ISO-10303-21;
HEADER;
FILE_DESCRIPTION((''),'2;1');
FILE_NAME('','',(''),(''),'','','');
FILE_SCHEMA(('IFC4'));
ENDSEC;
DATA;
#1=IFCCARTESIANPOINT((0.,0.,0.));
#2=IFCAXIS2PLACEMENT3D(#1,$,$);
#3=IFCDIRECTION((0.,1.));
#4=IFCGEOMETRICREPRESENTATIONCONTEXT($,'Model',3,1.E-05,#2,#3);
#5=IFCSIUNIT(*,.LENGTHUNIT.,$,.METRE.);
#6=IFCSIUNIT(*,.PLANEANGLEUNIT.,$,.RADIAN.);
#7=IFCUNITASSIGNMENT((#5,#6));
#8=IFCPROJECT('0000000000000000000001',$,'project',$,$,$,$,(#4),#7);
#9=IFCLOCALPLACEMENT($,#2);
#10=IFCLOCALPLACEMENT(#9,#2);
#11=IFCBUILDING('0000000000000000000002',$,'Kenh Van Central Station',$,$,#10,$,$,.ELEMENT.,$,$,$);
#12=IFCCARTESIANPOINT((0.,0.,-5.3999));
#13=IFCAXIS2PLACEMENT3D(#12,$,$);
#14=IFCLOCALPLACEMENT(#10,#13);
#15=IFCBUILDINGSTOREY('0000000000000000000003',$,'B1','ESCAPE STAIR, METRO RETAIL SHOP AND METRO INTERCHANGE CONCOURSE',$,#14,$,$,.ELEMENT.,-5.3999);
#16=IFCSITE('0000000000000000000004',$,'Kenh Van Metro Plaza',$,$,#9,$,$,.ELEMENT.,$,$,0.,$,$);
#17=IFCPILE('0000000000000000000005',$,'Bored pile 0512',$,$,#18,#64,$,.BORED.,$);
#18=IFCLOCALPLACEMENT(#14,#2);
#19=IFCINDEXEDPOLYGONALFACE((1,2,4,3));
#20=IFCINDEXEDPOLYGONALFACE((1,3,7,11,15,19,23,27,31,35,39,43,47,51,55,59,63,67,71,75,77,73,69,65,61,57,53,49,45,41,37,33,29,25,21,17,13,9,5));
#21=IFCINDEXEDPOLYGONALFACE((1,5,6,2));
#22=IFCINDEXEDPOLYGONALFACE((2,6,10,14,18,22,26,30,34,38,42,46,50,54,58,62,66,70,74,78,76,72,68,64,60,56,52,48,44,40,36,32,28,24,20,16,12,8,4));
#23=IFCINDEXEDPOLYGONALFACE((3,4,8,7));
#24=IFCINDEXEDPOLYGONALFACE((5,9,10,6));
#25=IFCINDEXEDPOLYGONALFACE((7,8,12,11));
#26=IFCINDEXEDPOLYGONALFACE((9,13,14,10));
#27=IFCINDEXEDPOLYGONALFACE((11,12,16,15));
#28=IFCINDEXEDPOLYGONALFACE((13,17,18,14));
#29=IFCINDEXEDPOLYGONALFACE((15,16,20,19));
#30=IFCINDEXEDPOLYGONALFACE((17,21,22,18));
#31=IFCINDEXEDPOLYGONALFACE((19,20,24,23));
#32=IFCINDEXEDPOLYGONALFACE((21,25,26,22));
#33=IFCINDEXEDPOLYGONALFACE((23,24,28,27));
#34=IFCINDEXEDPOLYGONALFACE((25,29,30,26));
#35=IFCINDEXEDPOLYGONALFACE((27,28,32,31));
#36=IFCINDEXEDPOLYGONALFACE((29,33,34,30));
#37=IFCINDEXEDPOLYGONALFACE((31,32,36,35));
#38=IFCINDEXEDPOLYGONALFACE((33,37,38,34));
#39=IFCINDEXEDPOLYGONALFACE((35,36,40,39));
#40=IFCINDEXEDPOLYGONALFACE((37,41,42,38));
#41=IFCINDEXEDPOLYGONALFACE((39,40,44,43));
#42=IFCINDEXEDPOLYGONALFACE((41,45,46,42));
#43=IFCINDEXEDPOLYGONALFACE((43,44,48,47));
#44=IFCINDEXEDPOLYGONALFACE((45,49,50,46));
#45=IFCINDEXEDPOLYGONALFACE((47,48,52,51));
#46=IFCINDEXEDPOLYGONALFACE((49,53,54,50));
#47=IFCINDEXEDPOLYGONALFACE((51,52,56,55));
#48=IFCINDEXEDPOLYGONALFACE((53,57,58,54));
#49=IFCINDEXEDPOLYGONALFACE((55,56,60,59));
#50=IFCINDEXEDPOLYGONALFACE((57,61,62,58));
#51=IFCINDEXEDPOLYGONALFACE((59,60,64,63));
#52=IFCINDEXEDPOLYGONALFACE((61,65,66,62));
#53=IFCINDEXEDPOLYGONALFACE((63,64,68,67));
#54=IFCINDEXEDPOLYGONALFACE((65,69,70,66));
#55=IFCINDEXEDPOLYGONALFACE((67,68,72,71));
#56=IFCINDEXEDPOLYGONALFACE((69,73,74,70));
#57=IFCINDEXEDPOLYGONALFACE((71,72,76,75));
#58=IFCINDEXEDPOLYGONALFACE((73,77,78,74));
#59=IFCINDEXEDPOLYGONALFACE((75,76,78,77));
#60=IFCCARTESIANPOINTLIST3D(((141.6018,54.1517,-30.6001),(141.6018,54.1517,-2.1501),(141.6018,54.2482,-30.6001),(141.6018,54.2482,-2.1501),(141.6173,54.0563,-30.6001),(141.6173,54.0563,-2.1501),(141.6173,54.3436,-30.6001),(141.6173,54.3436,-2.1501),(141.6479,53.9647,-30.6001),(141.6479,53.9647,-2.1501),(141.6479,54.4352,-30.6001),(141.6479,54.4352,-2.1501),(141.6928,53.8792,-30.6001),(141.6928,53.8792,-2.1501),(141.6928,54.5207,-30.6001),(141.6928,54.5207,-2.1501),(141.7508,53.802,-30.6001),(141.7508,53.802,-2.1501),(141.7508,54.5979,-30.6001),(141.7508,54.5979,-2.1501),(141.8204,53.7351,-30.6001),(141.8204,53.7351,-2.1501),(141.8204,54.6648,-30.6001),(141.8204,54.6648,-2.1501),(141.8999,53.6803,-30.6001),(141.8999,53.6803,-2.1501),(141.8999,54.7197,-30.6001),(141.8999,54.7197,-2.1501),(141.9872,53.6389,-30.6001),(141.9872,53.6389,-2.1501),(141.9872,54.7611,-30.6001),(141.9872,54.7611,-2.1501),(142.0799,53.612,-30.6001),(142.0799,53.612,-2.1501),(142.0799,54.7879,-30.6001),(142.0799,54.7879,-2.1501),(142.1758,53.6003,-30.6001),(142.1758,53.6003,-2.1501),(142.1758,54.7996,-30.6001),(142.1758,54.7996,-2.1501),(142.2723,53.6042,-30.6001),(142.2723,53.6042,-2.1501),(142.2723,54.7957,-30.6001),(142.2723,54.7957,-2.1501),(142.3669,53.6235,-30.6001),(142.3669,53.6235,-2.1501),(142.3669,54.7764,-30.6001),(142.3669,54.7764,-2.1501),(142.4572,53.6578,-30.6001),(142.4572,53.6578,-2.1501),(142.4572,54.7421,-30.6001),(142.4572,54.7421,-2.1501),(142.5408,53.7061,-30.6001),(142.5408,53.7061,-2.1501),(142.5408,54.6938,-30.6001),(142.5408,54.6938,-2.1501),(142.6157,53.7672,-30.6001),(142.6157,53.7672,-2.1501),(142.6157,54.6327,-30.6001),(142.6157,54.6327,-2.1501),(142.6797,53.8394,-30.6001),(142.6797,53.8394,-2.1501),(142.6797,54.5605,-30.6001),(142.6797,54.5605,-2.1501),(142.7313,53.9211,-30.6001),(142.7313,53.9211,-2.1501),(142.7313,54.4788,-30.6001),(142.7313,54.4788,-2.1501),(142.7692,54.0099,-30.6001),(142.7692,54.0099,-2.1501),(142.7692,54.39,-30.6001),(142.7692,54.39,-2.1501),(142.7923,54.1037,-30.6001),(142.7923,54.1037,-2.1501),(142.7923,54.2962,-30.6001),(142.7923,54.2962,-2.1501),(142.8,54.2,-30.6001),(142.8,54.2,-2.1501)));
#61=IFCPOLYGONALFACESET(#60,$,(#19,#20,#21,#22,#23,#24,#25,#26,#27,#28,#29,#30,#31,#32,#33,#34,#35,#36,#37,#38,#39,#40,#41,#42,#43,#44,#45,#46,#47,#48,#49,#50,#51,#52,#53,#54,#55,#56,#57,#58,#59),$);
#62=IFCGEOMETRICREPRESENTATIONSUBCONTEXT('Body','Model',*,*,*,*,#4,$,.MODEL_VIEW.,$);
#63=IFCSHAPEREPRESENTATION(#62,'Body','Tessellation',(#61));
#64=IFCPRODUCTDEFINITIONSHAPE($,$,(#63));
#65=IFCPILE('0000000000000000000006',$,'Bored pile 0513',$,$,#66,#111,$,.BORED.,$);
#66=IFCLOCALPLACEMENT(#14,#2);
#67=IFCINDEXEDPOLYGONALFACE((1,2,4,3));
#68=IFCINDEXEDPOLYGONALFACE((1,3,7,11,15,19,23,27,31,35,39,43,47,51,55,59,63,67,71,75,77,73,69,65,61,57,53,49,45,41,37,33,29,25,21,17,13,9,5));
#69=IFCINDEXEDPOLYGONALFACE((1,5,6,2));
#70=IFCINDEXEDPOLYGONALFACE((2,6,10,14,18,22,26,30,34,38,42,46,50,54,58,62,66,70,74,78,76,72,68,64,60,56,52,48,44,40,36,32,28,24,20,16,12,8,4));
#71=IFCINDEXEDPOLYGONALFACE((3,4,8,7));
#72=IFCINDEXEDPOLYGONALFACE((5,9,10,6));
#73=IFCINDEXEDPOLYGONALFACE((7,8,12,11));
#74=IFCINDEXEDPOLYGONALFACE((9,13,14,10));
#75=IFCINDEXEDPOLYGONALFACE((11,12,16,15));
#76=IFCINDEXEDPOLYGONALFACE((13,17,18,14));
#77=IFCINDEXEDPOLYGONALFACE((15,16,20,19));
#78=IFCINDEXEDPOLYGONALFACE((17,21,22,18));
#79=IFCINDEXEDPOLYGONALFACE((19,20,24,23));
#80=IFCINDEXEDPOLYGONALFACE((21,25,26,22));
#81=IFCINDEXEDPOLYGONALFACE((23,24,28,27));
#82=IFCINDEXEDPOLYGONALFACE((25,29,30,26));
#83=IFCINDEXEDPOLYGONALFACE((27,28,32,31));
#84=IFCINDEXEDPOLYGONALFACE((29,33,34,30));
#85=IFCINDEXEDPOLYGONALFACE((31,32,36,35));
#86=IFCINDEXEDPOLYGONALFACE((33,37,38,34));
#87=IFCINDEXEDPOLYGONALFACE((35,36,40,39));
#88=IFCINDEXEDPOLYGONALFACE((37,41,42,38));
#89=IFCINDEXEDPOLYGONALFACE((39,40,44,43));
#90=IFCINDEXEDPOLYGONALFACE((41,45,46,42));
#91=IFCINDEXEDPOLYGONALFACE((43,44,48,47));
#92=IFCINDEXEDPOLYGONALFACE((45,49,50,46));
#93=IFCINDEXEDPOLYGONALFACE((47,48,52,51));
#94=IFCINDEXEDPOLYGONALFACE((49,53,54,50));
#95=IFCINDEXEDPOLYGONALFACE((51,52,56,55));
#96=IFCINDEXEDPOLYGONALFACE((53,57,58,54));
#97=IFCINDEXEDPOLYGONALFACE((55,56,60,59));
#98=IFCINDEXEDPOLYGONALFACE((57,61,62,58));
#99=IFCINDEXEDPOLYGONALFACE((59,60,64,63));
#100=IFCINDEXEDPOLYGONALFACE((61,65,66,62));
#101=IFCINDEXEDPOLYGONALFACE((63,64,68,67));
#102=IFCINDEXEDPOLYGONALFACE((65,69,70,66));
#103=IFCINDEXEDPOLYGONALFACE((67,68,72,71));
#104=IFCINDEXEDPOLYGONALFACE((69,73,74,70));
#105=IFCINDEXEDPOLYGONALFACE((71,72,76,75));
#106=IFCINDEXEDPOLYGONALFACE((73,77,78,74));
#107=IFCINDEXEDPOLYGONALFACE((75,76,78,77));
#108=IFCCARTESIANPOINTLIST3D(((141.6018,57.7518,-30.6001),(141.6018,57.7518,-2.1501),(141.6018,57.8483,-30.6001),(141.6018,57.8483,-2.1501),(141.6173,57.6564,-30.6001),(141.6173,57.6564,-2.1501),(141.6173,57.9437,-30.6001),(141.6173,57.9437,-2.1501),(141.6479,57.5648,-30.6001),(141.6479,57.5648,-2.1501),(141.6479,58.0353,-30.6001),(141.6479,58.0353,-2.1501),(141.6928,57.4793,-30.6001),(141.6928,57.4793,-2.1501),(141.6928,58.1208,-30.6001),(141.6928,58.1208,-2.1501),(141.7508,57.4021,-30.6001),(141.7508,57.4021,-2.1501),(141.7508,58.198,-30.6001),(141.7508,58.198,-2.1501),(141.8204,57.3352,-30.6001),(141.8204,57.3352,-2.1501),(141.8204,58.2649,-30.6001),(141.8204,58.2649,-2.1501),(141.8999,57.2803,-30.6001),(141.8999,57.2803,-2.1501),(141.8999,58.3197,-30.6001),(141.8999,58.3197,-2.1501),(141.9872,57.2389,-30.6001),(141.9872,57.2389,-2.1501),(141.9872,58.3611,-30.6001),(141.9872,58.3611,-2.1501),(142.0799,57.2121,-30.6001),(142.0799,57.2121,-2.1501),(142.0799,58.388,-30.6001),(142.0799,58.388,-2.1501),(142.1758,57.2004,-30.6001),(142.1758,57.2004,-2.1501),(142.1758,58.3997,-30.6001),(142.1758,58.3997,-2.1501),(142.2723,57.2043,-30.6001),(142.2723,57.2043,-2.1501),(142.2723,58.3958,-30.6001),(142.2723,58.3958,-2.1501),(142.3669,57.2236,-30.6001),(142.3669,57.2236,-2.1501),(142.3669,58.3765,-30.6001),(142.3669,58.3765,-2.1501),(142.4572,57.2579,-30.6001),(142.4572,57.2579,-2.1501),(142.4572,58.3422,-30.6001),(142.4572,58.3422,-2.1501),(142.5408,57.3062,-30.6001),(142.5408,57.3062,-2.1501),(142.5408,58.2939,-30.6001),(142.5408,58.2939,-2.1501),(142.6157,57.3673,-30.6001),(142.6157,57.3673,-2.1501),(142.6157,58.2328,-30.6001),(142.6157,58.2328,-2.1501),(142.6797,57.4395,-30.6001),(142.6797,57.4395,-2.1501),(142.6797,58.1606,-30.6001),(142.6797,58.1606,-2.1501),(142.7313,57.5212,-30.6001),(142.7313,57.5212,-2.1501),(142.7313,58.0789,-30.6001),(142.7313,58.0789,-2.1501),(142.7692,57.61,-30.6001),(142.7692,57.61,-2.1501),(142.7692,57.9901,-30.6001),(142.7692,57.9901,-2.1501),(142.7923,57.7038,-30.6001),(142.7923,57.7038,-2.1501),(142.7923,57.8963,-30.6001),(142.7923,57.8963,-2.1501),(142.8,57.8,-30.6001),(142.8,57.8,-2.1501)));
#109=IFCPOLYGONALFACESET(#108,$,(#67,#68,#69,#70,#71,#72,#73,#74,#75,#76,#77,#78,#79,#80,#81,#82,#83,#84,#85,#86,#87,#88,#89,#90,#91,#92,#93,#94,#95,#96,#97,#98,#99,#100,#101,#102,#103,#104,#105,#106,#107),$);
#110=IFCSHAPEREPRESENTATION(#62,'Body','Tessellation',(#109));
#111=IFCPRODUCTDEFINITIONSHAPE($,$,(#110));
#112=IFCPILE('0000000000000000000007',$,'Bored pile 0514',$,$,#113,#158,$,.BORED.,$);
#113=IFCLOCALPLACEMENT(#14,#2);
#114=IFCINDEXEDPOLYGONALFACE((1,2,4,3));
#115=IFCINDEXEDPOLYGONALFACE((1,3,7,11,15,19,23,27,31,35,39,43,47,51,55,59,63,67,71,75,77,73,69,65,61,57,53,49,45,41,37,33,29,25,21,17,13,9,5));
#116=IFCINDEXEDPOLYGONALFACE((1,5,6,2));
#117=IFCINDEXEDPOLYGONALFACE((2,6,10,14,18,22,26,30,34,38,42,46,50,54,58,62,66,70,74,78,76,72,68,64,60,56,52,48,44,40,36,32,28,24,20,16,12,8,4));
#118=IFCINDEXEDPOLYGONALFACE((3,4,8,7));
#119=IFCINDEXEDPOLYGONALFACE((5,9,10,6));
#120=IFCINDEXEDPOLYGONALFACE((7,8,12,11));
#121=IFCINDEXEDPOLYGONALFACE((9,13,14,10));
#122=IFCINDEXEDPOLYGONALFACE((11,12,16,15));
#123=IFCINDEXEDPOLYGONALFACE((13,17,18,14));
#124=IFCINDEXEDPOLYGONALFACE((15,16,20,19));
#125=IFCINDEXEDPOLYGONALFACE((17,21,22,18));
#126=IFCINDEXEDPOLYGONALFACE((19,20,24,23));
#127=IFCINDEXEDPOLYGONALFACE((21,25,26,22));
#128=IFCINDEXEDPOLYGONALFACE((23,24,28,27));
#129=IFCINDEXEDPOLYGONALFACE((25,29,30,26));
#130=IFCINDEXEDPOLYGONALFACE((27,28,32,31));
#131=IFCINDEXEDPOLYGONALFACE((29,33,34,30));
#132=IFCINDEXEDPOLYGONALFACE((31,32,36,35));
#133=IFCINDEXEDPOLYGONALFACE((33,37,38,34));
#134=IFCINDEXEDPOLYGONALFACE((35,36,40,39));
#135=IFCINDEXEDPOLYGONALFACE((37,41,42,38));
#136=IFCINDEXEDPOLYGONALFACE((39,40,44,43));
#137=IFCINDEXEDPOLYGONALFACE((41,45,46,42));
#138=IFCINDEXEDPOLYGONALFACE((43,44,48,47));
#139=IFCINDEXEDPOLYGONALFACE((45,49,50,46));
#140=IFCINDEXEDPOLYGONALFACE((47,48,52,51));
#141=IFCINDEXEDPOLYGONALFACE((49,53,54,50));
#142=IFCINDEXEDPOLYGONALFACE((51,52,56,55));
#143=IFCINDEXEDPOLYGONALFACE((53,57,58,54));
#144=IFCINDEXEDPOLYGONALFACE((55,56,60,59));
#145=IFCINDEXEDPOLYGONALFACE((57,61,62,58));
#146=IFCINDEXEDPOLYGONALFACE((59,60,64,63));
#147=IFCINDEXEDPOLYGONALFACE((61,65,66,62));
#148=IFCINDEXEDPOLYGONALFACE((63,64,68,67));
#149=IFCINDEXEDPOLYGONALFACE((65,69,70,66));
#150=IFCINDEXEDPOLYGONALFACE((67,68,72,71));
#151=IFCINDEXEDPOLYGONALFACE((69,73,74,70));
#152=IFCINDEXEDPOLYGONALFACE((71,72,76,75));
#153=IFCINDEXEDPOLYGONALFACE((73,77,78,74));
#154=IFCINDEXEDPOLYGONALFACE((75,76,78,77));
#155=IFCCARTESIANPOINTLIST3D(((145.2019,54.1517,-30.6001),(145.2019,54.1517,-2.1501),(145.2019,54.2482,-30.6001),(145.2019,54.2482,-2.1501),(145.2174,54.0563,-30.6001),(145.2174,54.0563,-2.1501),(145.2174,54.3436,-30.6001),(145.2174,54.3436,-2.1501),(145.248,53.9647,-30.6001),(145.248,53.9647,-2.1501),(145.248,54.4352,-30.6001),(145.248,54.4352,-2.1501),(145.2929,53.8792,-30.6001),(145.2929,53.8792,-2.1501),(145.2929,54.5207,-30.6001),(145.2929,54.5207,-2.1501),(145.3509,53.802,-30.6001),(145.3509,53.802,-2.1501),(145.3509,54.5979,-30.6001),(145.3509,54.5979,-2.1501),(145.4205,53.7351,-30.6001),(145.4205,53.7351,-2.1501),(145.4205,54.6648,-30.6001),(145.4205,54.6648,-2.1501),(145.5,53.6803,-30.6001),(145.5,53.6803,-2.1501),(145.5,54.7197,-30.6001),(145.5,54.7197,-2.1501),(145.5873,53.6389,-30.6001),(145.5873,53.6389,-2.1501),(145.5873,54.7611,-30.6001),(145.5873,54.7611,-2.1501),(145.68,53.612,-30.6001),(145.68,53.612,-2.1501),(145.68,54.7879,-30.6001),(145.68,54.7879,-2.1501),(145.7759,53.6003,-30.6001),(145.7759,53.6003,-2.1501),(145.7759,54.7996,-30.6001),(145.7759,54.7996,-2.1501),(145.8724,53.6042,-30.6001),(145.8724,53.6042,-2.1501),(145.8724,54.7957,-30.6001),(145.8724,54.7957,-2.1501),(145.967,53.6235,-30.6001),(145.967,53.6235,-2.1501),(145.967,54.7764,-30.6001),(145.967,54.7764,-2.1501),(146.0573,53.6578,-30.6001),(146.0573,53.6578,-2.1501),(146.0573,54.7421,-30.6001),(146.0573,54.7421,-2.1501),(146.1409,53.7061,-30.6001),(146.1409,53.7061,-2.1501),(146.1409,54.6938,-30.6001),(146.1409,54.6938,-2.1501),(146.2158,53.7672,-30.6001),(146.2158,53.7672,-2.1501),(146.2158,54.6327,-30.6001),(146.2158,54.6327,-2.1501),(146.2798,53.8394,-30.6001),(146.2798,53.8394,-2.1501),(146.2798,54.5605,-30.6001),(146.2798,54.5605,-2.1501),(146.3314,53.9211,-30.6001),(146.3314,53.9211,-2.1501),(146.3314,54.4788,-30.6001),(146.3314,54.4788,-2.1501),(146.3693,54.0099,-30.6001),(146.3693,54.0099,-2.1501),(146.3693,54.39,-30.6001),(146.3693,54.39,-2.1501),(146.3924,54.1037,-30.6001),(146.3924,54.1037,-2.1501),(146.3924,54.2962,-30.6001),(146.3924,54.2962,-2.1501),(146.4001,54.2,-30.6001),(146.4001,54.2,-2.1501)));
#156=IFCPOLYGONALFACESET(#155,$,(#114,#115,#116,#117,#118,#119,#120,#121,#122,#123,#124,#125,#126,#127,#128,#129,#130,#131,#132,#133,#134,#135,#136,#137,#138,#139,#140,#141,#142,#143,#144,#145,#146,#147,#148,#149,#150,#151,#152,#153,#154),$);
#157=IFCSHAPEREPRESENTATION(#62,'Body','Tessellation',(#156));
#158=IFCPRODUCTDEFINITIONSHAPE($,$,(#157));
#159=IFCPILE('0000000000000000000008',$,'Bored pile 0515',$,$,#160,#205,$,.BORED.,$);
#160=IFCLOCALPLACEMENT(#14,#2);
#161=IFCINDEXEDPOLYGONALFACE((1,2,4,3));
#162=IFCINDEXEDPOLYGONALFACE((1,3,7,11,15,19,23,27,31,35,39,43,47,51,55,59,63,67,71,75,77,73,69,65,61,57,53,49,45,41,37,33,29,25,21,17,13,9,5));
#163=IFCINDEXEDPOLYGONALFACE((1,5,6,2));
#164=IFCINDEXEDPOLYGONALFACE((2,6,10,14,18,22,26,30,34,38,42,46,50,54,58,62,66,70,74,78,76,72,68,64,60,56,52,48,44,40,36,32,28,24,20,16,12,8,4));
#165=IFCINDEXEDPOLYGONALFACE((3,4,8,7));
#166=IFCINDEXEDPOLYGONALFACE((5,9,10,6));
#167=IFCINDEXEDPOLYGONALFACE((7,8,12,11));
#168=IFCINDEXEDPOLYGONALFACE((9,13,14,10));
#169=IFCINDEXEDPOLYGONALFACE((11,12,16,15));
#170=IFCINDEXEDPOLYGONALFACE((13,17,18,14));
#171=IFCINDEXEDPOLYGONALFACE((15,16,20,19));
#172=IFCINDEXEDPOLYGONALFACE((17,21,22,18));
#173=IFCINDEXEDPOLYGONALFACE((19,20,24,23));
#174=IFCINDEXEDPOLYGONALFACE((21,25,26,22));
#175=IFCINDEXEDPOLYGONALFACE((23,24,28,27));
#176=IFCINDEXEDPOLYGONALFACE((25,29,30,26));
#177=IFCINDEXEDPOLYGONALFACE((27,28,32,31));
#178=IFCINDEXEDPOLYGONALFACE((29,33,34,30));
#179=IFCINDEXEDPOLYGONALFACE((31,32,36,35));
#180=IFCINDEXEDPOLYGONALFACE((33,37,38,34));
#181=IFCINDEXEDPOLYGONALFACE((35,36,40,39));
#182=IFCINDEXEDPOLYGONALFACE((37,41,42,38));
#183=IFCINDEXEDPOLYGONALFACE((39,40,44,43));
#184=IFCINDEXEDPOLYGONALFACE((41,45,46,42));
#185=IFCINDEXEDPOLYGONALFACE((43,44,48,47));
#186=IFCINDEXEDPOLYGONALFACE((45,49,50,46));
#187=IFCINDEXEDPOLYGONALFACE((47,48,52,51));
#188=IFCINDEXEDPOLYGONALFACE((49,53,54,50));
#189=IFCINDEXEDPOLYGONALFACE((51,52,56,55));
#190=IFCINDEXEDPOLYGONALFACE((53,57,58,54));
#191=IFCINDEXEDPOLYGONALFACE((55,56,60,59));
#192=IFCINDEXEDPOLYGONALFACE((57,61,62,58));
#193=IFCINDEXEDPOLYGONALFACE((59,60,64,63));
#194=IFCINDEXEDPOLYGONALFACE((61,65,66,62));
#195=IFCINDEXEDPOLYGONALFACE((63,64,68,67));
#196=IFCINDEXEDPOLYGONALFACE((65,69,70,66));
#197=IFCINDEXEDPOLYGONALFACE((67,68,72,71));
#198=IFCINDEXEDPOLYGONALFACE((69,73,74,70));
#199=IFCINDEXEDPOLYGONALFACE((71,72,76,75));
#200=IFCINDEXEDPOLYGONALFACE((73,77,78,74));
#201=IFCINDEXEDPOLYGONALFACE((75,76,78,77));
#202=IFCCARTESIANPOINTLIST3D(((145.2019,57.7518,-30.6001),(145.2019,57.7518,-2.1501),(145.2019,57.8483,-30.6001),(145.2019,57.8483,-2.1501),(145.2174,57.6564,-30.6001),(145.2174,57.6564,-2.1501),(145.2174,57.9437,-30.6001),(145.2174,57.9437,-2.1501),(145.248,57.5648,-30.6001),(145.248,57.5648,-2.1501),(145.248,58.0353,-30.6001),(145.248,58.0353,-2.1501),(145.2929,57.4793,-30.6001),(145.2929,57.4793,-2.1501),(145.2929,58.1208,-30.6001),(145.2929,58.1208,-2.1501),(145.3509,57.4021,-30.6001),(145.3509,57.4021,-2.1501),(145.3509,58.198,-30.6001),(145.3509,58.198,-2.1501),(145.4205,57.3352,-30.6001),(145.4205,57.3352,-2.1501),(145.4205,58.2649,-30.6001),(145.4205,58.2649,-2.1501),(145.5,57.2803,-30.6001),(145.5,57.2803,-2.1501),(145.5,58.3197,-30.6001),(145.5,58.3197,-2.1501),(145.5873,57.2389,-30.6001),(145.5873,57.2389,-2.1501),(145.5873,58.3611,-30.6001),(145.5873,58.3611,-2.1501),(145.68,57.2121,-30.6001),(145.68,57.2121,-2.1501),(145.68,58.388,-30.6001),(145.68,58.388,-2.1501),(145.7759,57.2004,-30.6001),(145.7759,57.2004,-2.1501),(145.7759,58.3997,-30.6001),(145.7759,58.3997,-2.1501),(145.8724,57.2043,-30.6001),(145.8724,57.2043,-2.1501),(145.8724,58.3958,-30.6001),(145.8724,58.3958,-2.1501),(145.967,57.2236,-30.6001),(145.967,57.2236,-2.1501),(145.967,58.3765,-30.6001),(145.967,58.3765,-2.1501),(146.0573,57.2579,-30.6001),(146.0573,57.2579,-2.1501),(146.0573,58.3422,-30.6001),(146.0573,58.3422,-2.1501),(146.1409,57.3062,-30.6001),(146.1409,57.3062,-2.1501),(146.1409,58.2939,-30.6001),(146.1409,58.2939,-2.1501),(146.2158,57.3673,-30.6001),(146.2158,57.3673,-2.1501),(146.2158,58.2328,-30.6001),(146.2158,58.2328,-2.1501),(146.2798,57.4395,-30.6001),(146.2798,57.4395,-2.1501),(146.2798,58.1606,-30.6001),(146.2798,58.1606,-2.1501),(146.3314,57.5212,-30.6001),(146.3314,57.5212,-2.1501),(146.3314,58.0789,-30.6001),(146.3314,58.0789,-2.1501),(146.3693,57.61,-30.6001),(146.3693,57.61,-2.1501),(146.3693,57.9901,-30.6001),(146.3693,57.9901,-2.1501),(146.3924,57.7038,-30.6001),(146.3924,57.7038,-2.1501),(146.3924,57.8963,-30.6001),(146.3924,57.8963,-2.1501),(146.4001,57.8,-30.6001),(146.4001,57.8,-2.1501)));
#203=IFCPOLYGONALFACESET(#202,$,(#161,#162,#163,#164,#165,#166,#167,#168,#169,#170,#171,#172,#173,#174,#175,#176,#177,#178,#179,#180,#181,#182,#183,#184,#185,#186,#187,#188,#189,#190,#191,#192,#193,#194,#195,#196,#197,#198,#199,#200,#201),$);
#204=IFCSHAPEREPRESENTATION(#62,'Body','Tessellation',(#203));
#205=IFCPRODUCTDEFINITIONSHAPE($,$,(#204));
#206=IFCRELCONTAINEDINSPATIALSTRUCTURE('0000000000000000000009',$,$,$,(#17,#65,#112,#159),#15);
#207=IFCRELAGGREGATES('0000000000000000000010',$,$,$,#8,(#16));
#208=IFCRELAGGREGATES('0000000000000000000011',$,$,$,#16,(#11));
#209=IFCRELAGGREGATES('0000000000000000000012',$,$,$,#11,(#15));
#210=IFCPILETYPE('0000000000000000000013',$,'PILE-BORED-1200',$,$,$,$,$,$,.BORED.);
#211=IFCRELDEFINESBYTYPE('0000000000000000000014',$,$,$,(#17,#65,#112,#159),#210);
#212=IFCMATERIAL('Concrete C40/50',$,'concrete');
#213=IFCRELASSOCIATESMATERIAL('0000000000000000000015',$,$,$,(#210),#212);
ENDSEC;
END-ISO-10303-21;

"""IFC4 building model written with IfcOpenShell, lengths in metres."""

from ifc_helpers import new_model, si_unit, direction, frame, origin, origin_2d, place, context, subcontext, project, spatial, circle, extrude, material, material_profile, profile_set, type_object, element, save


model = new_model("IFC4")

# Units and contexts
model_context = context("Model", 3, precision=1e-05, world=origin(), true_north=direction((0.0, 1.0)))
body_context = subcontext(model_context, "Body", "Model", "MODEL_VIEW")
ifc_project = project(units=[si_unit("LENGTHUNIT", "METRE"), si_unit("PLANEANGLEUNIT", "RADIAN")], contexts=[model_context])

# Site, building, storey
site_placement = place(None, origin())
site = spatial("IfcSite", under=ifc_project, at=site_placement, Name="Kenh Van Metro Plaza", CompositionType="ELEMENT", RefElevation=0.0)
building_placement = place(site_placement, origin())
building = spatial("IfcBuilding", under=site, at=building_placement, Name="Kenh Van Central Station", CompositionType="ELEMENT")
storey_placement = place(building_placement, frame((0.0, 0.0, -5.3999)))
storey = spatial("IfcBuildingStorey", under=building, at=storey_placement, Name="B1", Description="ESCAPE STAIR, METRO RETAIL SHOP AND METRO INTERCHANGE CONCOURSE", CompositionType="ELEMENT", Elevation=-5.3999)

# Shared definitions
ifc_material_1 = material(Name="Concrete C40/50", Category="concrete")

# Piles
ifc_material_profile_1 = material_profile(ifc_material_1, circle(Radius=0.6001, at=origin_2d()), Name="PILE D1200")
ifc_profile_set_1 = profile_set([ifc_material_profile_1], Name="Concrete C40/50")
pile_type_1 = type_object("IfcPileType", Name="PILE-BORED-1200", PredefinedType="BORED", material=ifc_profile_set_1)
for number, where, z_axis, x_axis, name in (
    (1, (142.2, 54.2, -2.1501), (0.0, 0.0, -1.0), (1.0, 0.0, 0.0), "Bored pile 0512"),
    (2, (142.2, 57.8, -2.1501), (0.0, 0.0, -1.0), (1.0, 0.0, 0.0), "Bored pile 0513"),
    (3, (145.8, 54.2, -2.1501), (0.0, 0.0, -1.0), (1.0, 0.0, 0.0), "Bored pile 0514"),
    (4, (145.8, 57.8, -2.1501), (0.0, 0.0, -1.0), (1.0, 0.0, 0.0), "Bored pile 0515"),
):
    element("IfcPile", number, at=place(storey_placement, frame(where, z_axis=z_axis, x_axis=x_axis)), inside=storey, type_object=pile_type_1, Name=name, PredefinedType="BORED", context=body_context, shape_type="SweptSolid", body=[
        extrude(circle(Radius=0.6001, at=origin_2d()), origin(), (0.0, 0.0, 1.0), 28.45),
    ])

save(model, "model.ifc")
